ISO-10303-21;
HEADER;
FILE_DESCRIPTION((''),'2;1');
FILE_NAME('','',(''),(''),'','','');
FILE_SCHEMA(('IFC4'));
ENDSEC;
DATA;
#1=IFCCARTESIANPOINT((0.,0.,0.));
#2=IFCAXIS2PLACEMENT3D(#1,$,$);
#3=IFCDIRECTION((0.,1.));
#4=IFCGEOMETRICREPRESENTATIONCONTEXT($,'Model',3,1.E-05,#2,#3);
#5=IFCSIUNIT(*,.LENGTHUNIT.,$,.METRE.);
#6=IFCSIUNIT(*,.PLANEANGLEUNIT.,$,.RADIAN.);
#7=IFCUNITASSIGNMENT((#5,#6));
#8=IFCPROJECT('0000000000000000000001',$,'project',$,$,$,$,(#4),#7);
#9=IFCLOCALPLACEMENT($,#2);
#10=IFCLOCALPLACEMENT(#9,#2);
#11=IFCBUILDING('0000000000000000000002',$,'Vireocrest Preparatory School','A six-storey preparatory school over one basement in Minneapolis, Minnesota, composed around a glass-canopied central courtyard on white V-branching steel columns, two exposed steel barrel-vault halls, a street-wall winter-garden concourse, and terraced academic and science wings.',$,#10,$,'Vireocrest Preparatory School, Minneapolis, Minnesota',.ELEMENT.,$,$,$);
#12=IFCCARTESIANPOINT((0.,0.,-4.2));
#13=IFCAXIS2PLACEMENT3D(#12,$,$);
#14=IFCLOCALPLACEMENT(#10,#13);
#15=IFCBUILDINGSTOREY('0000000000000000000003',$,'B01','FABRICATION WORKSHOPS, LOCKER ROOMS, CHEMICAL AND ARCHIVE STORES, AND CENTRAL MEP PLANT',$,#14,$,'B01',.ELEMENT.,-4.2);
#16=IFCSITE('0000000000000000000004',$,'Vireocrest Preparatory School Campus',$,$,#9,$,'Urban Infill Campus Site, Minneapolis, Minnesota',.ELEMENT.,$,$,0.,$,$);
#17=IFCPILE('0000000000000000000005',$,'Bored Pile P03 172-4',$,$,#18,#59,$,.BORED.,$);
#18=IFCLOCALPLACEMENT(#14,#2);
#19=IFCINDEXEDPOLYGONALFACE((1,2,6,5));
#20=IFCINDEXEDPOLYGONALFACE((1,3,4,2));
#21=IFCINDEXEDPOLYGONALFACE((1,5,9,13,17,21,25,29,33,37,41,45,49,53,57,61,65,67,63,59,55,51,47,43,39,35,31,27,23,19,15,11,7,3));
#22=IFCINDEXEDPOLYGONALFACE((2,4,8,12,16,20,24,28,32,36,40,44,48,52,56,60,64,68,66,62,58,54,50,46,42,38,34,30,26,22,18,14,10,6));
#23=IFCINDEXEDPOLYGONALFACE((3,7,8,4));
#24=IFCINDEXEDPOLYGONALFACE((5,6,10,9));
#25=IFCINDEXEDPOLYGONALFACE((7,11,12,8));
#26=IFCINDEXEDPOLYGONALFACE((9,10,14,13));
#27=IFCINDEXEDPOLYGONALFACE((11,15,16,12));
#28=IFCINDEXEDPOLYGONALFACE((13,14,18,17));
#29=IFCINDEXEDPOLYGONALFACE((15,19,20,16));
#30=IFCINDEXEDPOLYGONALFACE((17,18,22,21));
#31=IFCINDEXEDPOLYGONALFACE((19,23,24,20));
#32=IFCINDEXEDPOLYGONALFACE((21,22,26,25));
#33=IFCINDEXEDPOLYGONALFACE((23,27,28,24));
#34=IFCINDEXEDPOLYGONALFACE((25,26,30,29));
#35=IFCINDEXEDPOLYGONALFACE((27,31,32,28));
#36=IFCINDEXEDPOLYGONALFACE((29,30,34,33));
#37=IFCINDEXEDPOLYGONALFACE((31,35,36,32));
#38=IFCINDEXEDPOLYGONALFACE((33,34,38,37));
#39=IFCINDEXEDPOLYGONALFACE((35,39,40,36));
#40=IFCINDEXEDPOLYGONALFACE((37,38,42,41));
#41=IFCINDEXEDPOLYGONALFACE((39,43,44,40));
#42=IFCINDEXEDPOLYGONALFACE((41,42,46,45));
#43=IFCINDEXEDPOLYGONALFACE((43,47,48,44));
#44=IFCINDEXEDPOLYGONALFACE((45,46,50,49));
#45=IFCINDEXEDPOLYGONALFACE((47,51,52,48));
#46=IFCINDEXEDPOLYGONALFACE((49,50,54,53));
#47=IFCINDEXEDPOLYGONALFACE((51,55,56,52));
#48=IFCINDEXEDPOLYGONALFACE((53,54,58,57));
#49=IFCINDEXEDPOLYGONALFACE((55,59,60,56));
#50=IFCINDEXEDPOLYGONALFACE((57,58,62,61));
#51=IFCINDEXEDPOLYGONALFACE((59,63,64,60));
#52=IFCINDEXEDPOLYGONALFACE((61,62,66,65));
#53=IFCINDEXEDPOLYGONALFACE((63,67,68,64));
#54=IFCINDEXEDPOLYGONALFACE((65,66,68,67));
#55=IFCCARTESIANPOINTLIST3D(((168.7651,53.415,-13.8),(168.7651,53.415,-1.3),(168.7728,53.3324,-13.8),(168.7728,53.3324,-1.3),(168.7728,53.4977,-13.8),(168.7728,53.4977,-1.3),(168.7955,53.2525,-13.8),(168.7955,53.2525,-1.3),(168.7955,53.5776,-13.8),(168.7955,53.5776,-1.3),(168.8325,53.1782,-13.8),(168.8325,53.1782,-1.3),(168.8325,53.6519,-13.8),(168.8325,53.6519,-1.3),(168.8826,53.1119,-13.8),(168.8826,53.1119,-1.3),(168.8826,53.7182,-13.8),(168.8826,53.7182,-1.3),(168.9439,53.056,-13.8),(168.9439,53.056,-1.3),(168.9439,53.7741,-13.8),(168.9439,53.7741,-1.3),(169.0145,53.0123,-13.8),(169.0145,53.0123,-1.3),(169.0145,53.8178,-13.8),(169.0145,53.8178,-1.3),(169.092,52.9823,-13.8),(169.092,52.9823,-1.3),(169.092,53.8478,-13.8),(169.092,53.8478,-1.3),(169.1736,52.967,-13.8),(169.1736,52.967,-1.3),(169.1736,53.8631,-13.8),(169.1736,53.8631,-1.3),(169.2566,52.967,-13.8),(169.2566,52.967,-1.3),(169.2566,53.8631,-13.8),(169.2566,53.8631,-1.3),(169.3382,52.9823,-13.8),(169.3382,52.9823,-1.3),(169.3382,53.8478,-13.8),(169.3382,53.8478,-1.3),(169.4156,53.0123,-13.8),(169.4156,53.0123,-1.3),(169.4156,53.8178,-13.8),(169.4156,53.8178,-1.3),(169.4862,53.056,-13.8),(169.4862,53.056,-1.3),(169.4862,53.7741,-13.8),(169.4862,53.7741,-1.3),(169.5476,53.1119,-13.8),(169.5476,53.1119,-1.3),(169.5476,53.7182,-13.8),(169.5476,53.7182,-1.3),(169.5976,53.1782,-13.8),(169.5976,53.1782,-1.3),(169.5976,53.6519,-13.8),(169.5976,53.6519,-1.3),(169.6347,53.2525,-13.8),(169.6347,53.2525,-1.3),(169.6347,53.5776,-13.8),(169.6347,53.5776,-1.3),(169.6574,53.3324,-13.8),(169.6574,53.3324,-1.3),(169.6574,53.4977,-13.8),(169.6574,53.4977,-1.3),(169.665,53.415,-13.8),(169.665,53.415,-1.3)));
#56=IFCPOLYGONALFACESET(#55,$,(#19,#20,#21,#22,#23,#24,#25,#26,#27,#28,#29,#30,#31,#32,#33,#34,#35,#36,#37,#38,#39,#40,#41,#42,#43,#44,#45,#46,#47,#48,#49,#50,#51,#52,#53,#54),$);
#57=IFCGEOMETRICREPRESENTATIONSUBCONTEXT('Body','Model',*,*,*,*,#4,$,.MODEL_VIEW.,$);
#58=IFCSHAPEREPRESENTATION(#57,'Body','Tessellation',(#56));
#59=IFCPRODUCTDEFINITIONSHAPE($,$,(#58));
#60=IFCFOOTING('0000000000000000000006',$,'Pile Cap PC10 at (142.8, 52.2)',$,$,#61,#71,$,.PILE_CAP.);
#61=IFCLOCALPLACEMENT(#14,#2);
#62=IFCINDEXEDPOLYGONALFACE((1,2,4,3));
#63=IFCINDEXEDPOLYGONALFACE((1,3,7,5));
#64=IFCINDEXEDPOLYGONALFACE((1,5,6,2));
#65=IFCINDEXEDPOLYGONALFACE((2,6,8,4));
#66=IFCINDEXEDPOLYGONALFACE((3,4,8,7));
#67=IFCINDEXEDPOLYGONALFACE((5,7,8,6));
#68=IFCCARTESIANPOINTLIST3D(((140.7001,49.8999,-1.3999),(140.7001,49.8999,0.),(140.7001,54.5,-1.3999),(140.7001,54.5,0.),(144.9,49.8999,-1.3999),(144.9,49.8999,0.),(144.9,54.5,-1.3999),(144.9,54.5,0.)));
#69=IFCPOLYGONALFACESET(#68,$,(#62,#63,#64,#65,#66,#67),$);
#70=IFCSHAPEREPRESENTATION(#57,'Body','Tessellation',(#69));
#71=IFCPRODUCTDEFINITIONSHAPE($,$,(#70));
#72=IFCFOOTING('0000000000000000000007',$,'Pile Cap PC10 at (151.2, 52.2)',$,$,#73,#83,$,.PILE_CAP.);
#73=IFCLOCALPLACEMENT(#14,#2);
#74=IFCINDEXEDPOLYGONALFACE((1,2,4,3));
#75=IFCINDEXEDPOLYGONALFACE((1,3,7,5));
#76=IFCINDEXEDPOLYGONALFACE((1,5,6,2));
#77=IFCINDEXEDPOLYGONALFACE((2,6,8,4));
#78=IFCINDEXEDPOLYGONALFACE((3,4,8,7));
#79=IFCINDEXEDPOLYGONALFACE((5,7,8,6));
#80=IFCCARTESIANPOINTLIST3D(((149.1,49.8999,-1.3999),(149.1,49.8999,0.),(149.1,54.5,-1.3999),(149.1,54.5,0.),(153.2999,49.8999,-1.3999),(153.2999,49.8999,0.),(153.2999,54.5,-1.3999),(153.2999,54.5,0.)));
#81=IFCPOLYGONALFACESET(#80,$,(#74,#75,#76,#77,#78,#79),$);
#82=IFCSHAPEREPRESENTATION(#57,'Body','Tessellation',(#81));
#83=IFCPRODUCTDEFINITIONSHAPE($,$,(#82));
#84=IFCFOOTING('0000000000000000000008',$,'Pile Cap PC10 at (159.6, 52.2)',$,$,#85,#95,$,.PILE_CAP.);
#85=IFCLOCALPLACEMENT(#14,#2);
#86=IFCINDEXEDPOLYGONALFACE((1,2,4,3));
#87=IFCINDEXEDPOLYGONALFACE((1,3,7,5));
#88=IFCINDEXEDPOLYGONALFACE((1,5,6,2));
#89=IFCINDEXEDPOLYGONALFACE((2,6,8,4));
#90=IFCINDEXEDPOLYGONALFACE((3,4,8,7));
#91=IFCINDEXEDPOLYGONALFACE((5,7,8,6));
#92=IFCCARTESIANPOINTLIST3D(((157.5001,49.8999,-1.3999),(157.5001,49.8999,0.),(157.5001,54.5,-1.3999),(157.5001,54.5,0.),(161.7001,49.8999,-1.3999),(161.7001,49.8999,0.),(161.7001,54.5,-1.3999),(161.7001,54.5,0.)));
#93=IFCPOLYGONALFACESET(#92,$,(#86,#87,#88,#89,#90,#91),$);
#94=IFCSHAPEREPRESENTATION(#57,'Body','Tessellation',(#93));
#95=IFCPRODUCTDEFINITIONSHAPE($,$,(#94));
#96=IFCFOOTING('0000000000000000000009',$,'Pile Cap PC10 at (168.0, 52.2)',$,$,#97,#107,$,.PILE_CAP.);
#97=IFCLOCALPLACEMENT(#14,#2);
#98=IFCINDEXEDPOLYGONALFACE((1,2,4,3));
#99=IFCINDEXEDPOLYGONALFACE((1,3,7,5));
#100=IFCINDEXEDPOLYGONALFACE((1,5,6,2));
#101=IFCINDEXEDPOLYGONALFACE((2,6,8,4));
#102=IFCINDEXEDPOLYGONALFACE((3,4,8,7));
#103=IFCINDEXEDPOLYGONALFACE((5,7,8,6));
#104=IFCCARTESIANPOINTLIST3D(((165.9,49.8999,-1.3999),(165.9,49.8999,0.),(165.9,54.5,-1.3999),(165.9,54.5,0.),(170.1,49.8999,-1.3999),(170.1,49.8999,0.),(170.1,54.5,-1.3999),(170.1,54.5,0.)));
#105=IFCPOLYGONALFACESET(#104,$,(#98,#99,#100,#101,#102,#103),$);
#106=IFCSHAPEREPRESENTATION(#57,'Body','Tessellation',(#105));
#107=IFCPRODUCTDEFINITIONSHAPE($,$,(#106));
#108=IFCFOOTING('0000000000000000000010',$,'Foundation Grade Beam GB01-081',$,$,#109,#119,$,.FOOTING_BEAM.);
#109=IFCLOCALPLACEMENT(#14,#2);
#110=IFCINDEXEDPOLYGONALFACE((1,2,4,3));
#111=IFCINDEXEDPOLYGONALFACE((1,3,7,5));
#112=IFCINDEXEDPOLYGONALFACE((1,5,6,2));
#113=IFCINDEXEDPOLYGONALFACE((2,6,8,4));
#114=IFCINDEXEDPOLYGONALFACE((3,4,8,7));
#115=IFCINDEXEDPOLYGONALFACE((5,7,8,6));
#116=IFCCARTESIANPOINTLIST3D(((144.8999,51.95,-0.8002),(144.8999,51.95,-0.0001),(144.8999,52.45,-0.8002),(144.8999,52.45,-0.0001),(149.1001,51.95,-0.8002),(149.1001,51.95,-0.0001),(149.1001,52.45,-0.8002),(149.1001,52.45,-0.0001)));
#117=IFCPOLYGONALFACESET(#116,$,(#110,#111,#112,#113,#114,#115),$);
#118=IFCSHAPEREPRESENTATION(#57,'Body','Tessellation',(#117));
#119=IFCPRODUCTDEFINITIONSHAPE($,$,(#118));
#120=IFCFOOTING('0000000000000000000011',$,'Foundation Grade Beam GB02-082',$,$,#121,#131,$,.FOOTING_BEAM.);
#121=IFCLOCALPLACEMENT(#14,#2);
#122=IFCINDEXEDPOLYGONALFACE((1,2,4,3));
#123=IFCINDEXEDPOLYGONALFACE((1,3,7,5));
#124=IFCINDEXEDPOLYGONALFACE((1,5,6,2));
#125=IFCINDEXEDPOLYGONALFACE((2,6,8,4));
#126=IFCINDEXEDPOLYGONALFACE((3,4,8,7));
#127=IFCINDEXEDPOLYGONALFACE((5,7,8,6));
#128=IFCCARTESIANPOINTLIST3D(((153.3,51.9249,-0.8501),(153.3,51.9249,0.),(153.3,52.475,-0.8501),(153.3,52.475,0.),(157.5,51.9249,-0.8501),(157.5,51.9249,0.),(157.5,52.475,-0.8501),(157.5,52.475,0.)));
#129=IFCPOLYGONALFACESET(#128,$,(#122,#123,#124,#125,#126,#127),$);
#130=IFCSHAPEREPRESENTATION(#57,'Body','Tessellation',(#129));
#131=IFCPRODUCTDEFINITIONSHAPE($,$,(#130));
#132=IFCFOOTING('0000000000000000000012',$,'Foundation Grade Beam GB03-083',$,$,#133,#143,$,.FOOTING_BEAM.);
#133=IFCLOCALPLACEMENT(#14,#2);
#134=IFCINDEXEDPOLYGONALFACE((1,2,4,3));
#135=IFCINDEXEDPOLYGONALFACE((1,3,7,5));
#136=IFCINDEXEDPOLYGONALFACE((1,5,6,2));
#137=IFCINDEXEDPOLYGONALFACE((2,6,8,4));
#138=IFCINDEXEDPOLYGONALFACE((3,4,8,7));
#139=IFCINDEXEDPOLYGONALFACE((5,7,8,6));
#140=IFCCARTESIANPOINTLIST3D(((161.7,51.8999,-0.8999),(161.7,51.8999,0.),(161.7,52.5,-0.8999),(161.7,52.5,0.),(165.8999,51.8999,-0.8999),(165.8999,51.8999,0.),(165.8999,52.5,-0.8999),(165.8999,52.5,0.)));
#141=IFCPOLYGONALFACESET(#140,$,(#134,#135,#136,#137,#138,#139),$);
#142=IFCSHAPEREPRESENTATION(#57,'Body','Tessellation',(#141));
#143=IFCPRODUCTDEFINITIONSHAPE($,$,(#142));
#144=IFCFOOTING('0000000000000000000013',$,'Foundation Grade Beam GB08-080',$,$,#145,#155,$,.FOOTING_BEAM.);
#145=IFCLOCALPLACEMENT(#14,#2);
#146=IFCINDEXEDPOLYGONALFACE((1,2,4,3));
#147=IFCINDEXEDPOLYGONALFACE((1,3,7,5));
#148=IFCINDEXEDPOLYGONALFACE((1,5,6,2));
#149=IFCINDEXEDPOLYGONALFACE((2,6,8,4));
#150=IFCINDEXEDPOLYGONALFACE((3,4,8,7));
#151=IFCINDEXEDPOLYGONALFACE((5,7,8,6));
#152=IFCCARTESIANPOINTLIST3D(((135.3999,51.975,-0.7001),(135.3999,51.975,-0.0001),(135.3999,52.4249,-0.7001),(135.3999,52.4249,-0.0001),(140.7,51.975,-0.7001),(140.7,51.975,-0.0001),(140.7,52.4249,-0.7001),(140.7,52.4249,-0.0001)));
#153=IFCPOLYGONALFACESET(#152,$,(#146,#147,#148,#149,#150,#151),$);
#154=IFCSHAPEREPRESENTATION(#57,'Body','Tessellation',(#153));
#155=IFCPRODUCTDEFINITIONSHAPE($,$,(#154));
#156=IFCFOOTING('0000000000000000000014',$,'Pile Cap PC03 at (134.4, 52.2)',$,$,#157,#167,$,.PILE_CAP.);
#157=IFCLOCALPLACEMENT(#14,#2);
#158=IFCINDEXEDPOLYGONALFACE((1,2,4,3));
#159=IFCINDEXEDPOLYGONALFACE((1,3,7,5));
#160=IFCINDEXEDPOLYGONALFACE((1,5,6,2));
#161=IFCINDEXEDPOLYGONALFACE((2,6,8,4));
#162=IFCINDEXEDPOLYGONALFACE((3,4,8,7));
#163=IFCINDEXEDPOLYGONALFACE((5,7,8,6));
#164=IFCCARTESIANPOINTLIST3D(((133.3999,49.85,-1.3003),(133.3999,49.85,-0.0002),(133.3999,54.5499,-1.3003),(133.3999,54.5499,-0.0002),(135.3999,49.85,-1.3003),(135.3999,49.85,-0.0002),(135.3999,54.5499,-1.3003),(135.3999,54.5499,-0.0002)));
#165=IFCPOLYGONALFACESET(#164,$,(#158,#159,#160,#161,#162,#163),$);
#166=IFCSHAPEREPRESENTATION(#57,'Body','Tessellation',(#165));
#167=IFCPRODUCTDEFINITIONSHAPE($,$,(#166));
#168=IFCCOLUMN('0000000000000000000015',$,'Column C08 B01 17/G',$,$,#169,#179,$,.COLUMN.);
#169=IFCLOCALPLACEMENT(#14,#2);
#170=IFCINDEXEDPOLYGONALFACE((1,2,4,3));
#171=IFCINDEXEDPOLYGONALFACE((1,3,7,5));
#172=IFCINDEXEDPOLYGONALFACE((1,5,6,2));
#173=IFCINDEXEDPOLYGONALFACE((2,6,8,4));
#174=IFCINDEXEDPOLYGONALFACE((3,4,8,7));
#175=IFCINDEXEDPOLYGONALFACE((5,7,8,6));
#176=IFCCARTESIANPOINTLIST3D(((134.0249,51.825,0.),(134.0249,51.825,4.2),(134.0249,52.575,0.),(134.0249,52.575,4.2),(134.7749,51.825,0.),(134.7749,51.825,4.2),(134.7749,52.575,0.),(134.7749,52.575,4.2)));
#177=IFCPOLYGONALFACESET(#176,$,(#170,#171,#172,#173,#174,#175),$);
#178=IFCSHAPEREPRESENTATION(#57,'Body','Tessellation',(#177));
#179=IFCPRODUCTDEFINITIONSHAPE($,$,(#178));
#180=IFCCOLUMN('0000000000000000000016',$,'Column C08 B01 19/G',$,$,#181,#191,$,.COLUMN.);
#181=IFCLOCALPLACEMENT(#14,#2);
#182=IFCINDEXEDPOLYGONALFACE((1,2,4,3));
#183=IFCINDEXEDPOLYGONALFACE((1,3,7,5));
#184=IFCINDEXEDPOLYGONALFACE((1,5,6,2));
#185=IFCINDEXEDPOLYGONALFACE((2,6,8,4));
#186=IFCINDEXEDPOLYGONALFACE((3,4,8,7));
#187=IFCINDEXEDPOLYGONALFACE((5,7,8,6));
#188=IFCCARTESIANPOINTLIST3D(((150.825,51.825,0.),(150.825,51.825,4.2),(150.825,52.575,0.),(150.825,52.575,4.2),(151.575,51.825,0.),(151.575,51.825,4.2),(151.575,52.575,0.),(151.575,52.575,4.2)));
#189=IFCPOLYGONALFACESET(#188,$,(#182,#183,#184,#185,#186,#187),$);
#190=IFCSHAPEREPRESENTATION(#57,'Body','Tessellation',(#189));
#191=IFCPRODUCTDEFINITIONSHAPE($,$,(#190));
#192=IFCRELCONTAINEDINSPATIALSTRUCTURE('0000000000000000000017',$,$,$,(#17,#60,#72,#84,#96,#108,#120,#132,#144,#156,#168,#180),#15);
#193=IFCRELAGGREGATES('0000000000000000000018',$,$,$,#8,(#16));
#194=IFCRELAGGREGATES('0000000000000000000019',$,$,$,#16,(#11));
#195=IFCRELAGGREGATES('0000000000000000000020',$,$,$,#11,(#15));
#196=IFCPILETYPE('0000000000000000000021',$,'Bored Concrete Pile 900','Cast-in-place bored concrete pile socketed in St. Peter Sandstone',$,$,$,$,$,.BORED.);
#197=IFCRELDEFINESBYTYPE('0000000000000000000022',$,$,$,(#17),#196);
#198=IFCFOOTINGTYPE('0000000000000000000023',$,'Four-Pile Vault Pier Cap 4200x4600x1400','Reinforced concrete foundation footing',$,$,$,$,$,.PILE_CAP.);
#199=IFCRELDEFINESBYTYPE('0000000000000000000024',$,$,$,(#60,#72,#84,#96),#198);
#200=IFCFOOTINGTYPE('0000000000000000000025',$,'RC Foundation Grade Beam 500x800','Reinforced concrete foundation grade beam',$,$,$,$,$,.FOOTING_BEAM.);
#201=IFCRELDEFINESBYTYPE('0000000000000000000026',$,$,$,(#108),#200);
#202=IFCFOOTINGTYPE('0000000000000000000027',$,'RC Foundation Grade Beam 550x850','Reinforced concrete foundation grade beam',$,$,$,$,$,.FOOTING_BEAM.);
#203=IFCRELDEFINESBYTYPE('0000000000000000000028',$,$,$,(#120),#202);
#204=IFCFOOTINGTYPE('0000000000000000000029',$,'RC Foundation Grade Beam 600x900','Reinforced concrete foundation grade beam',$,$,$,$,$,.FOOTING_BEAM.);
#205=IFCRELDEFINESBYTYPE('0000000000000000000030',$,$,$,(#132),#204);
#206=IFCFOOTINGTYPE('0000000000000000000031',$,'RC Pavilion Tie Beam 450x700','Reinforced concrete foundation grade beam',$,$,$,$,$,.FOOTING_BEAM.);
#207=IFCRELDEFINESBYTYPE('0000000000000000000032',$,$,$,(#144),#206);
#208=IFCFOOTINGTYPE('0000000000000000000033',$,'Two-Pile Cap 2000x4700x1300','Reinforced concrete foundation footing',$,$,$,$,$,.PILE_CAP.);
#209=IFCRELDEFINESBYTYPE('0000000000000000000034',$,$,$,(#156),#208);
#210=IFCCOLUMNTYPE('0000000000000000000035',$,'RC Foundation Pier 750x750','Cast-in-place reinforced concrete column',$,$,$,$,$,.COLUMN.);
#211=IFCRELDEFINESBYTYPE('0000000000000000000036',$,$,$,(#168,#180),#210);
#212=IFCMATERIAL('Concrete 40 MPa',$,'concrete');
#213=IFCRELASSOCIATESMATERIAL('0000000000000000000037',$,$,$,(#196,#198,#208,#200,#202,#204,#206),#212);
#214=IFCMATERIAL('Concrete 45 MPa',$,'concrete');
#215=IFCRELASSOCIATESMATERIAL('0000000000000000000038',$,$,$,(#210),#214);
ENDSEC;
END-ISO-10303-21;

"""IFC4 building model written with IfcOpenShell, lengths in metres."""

from ifc_helpers import new_model, si_unit, direction, frame, origin, origin_2d, place, context, subcontext, project, spatial, rectangle, circle, extrude, material, material_profile, profile_set, type_object, element, save


model = new_model("IFC4")

# Units and contexts
model_context = context("Model", 3, precision=1e-05, world=origin(), true_north=direction((0.0, 1.0)))
body_context = subcontext(model_context, "Body", "Model", "MODEL_VIEW")
ifc_project = project(units=[si_unit("LENGTHUNIT", "METRE"), si_unit("PLANEANGLEUNIT", "RADIAN")], contexts=[model_context])

# Site, building, storey
site_placement = place(None, origin())
site = spatial("IfcSite", under=ifc_project, at=site_placement, Name="Vireocrest Preparatory School Campus", LongName="Urban Infill Campus Site, Minneapolis, Minnesota", CompositionType="ELEMENT", RefElevation=0.0)
building_placement = place(site_placement, origin())
building = spatial("IfcBuilding", under=site, at=building_placement, Name="Vireocrest Preparatory School", Description="A six-storey preparatory school over one basement in Minneapolis, Minnesota, composed around a glass-canopied central courtyard on white V-branching steel columns, two exposed steel barrel-vault halls, a street-wall winter-garden concourse, and terraced academic and science wings.", LongName="Vireocrest Preparatory School, Minneapolis, Minnesota", CompositionType="ELEMENT")
storey_placement = place(building_placement, frame((0.0, 0.0, -4.2)))
storey = spatial("IfcBuildingStorey", under=building, at=storey_placement, Name="B01", Description="FABRICATION WORKSHOPS, LOCKER ROOMS, CHEMICAL AND ARCHIVE STORES, AND CENTRAL MEP PLANT", LongName="B01", CompositionType="ELEMENT", Elevation=-4.2)

# Pile
ifc_material_1 = material(Name="Concrete 40 MPa", Category="concrete")
ifc_material_profile_1 = material_profile(ifc_material_1, circle(Radius=0.45, at=origin_2d()), Name="BORED PILE 900")
ifc_profile_set_1 = profile_set([ifc_material_profile_1], Name="Concrete 40 MPa")
pile_type_1 = type_object("IfcPileType", Name="Bored Concrete Pile 900", Description="Cast-in-place bored concrete pile socketed in St. Peter Sandstone", PredefinedType="BORED", material=ifc_profile_set_1)
for number, where, z_axis, x_axis, name in (
    (1, (169.2151, 53.415, -1.3), (0.0, 0.0, -1.0), (1.0, 0.0, 0.0), "Bored Pile P03 172-4"),
):
    element("IfcPile", number, at=place(storey_placement, frame(where, z_axis=z_axis, x_axis=x_axis)), inside=storey, type_object=pile_type_1, Name=name, PredefinedType="BORED", context=body_context, shape_type="SweptSolid", body=[
        extrude(circle(Radius=0.45, at=origin_2d()), origin(), (0.0, 0.0, 1.0), 12.5),
    ])

# Footings
footing_type_1 = type_object("IfcFootingType", Name="Four-Pile Vault Pier Cap 4200x4600x1400", Description="Reinforced concrete foundation footing", PredefinedType="PILE_CAP", material=ifc_material_1)
for number, where, z_axis, x_axis, name in (
    (2, (142.8, 52.2, -1.3999), (0.0, 0.0, 1.0), (1.0, 0.0, 0.0), "Pile Cap PC10 at (142.8, 52.2)"),
    (3, (151.2, 52.2, -1.3999), (0.0, 0.0, 1.0), (1.0, 0.0, 0.0), "Pile Cap PC10 at (151.2, 52.2)"),
    (4, (159.6001, 52.2, -1.3999), (0.0, 0.0, 1.0), (1.0, 0.0, 0.0), "Pile Cap PC10 at (159.6, 52.2)"),
    (5, (168.0, 52.2, -1.3999), (0.0, 0.0, 1.0), (1.0, 0.0, 0.0), "Pile Cap PC10 at (168.0, 52.2)"),
):
    element("IfcFooting", number, at=place(storey_placement, frame(where, z_axis=z_axis, x_axis=x_axis)), inside=storey, type_object=footing_type_1, Name=name, PredefinedType="PILE_CAP", context=body_context, shape_type="SweptSolid", body=[
        extrude(rectangle(XDim=4.2, YDim=4.6001, at=origin_2d()), origin(), (0.0, 0.0, 1.0), 1.3999),
    ])
ifc_material_profile_2 = material_profile(ifc_material_1, rectangle(XDim=0.5, YDim=0.8, at=origin_2d()), Name="GB 500x800")
ifc_profile_set_2 = profile_set([ifc_material_profile_2], Name="Concrete 40 MPa")
footing_type_2 = type_object("IfcFootingType", Name="RC Foundation Grade Beam 500x800", Description="Reinforced concrete foundation grade beam", PredefinedType="FOOTING_BEAM", material=ifc_profile_set_2)
footing_1_placement = place(storey_placement, frame((144.8999, 52.2, -0.4001), z_axis=(1.0, 0.0, 0.0), x_axis=(0.0, 1.0, 0.0)))
element("IfcFooting", 6, at=footing_1_placement, inside=storey, type_object=footing_type_2, Name="Foundation Grade Beam GB01-081", PredefinedType="FOOTING_BEAM", context=body_context, shape_type="SweptSolid", body=[
    extrude(rectangle(XDim=0.5, YDim=0.8, at=origin_2d()), origin(), (0.0, 0.0, 1.0), 4.2002),
])
ifc_material_profile_3 = material_profile(ifc_material_1, rectangle(XDim=0.55, YDim=0.8501, at=origin_2d()), Name="GB 550x850")
ifc_profile_set_3 = profile_set([ifc_material_profile_3], Name="Concrete 40 MPa")
footing_type_3 = type_object("IfcFootingType", Name="RC Foundation Grade Beam 550x850", Description="Reinforced concrete foundation grade beam", PredefinedType="FOOTING_BEAM", material=ifc_profile_set_3)
footing_2_placement = place(storey_placement, frame((153.3, 52.2, -0.425), z_axis=(1.0, 0.0, 0.0), x_axis=(0.0, 1.0, 0.0)))
element("IfcFooting", 7, at=footing_2_placement, inside=storey, type_object=footing_type_3, Name="Foundation Grade Beam GB02-082", PredefinedType="FOOTING_BEAM", context=body_context, shape_type="SweptSolid", body=[
    extrude(rectangle(XDim=0.55, YDim=0.8501, at=origin_2d()), origin(), (0.0, 0.0, 1.0), 4.2),
])
ifc_material_profile_4 = material_profile(ifc_material_1, rectangle(XDim=0.6001, YDim=0.8999, at=origin_2d()), Name="GB 600x900")
ifc_profile_set_4 = profile_set([ifc_material_profile_4], Name="Concrete 40 MPa")
footing_type_4 = type_object("IfcFootingType", Name="RC Foundation Grade Beam 600x900", Description="Reinforced concrete foundation grade beam", PredefinedType="FOOTING_BEAM", material=ifc_profile_set_4)
footing_3_placement = place(storey_placement, frame((161.7, 52.2, -0.45), z_axis=(1.0, 0.0, 0.0), x_axis=(0.0, 1.0, 0.0)))
element("IfcFooting", 8, at=footing_3_placement, inside=storey, type_object=footing_type_4, Name="Foundation Grade Beam GB03-083", PredefinedType="FOOTING_BEAM", context=body_context, shape_type="SweptSolid", body=[
    extrude(rectangle(XDim=0.6001, YDim=0.8999, at=origin_2d()), origin(), (0.0, 0.0, 1.0), 4.2),
])
ifc_material_profile_5 = material_profile(ifc_material_1, rectangle(XDim=0.45, YDim=0.7, at=origin_2d()), Name="GB 450x700")
ifc_profile_set_5 = profile_set([ifc_material_profile_5], Name="Concrete 40 MPa")
footing_type_5 = type_object("IfcFootingType", Name="RC Pavilion Tie Beam 450x700", Description="Reinforced concrete foundation grade beam", PredefinedType="FOOTING_BEAM", material=ifc_profile_set_5)
footing_4_placement = place(storey_placement, frame((135.3999, 52.2, -0.3501), z_axis=(1.0, 0.0, 0.0), x_axis=(0.0, 1.0, 0.0)))
element("IfcFooting", 9, at=footing_4_placement, inside=storey, type_object=footing_type_5, Name="Foundation Grade Beam GB08-080", PredefinedType="FOOTING_BEAM", context=body_context, shape_type="SweptSolid", body=[
    extrude(rectangle(XDim=0.45, YDim=0.7, at=origin_2d()), origin(), (0.0, 0.0, 1.0), 5.3),
])
footing_type_6 = type_object("IfcFootingType", Name="Two-Pile Cap 2000x4700x1300", Description="Reinforced concrete foundation footing", PredefinedType="PILE_CAP", material=ifc_material_1)
footing_5_placement = place(storey_placement, frame((134.3999, 52.2, -1.3003), z_axis=(0.0, 0.0, 1.0), x_axis=(1.0, 0.0, 0.0)))
element("IfcFooting", 10, at=footing_5_placement, inside=storey, type_object=footing_type_6, Name="Pile Cap PC03 at (134.4, 52.2)", PredefinedType="PILE_CAP", context=body_context, shape_type="SweptSolid", body=[
    extrude(rectangle(XDim=2.0, YDim=4.7, at=origin_2d()), origin(), (0.0, 0.0, 1.0), 1.3),
])

# Columns
ifc_material_2 = material(Name="Concrete 45 MPa", Category="concrete")
ifc_material_profile_6 = material_profile(ifc_material_2, rectangle(XDim=0.75, YDim=0.75, at=origin_2d()), Name="RC 750x750")
ifc_profile_set_6 = profile_set([ifc_material_profile_6], Name="Concrete 45 MPa")
column_type_1 = type_object("IfcColumnType", Name="RC Foundation Pier 750x750", Description="Cast-in-place reinforced concrete column", PredefinedType="COLUMN", material=ifc_profile_set_6)
for number, where, z_axis, x_axis, name in (
    (11, (134.3999, 52.2, 0.0), (0.0, 0.0, 1.0), (1.0, 0.0, 0.0), "Column C08 B01 17/G"),
    (12, (151.2, 52.2, 0.0), (0.0, 0.0, 1.0), (1.0, 0.0, 0.0), "Column C08 B01 19/G"),
):
    element("IfcColumn", number, at=place(storey_placement, frame(where, z_axis=z_axis, x_axis=x_axis)), inside=storey, type_object=column_type_1, Name=name, PredefinedType="COLUMN", context=body_context, shape_type="SweptSolid", body=[
        extrude(rectangle(XDim=0.75, YDim=0.75, at=origin_2d()), origin(), (0.0, 0.0, 1.0), 4.2),
    ])

save(model, "model.ifc")
